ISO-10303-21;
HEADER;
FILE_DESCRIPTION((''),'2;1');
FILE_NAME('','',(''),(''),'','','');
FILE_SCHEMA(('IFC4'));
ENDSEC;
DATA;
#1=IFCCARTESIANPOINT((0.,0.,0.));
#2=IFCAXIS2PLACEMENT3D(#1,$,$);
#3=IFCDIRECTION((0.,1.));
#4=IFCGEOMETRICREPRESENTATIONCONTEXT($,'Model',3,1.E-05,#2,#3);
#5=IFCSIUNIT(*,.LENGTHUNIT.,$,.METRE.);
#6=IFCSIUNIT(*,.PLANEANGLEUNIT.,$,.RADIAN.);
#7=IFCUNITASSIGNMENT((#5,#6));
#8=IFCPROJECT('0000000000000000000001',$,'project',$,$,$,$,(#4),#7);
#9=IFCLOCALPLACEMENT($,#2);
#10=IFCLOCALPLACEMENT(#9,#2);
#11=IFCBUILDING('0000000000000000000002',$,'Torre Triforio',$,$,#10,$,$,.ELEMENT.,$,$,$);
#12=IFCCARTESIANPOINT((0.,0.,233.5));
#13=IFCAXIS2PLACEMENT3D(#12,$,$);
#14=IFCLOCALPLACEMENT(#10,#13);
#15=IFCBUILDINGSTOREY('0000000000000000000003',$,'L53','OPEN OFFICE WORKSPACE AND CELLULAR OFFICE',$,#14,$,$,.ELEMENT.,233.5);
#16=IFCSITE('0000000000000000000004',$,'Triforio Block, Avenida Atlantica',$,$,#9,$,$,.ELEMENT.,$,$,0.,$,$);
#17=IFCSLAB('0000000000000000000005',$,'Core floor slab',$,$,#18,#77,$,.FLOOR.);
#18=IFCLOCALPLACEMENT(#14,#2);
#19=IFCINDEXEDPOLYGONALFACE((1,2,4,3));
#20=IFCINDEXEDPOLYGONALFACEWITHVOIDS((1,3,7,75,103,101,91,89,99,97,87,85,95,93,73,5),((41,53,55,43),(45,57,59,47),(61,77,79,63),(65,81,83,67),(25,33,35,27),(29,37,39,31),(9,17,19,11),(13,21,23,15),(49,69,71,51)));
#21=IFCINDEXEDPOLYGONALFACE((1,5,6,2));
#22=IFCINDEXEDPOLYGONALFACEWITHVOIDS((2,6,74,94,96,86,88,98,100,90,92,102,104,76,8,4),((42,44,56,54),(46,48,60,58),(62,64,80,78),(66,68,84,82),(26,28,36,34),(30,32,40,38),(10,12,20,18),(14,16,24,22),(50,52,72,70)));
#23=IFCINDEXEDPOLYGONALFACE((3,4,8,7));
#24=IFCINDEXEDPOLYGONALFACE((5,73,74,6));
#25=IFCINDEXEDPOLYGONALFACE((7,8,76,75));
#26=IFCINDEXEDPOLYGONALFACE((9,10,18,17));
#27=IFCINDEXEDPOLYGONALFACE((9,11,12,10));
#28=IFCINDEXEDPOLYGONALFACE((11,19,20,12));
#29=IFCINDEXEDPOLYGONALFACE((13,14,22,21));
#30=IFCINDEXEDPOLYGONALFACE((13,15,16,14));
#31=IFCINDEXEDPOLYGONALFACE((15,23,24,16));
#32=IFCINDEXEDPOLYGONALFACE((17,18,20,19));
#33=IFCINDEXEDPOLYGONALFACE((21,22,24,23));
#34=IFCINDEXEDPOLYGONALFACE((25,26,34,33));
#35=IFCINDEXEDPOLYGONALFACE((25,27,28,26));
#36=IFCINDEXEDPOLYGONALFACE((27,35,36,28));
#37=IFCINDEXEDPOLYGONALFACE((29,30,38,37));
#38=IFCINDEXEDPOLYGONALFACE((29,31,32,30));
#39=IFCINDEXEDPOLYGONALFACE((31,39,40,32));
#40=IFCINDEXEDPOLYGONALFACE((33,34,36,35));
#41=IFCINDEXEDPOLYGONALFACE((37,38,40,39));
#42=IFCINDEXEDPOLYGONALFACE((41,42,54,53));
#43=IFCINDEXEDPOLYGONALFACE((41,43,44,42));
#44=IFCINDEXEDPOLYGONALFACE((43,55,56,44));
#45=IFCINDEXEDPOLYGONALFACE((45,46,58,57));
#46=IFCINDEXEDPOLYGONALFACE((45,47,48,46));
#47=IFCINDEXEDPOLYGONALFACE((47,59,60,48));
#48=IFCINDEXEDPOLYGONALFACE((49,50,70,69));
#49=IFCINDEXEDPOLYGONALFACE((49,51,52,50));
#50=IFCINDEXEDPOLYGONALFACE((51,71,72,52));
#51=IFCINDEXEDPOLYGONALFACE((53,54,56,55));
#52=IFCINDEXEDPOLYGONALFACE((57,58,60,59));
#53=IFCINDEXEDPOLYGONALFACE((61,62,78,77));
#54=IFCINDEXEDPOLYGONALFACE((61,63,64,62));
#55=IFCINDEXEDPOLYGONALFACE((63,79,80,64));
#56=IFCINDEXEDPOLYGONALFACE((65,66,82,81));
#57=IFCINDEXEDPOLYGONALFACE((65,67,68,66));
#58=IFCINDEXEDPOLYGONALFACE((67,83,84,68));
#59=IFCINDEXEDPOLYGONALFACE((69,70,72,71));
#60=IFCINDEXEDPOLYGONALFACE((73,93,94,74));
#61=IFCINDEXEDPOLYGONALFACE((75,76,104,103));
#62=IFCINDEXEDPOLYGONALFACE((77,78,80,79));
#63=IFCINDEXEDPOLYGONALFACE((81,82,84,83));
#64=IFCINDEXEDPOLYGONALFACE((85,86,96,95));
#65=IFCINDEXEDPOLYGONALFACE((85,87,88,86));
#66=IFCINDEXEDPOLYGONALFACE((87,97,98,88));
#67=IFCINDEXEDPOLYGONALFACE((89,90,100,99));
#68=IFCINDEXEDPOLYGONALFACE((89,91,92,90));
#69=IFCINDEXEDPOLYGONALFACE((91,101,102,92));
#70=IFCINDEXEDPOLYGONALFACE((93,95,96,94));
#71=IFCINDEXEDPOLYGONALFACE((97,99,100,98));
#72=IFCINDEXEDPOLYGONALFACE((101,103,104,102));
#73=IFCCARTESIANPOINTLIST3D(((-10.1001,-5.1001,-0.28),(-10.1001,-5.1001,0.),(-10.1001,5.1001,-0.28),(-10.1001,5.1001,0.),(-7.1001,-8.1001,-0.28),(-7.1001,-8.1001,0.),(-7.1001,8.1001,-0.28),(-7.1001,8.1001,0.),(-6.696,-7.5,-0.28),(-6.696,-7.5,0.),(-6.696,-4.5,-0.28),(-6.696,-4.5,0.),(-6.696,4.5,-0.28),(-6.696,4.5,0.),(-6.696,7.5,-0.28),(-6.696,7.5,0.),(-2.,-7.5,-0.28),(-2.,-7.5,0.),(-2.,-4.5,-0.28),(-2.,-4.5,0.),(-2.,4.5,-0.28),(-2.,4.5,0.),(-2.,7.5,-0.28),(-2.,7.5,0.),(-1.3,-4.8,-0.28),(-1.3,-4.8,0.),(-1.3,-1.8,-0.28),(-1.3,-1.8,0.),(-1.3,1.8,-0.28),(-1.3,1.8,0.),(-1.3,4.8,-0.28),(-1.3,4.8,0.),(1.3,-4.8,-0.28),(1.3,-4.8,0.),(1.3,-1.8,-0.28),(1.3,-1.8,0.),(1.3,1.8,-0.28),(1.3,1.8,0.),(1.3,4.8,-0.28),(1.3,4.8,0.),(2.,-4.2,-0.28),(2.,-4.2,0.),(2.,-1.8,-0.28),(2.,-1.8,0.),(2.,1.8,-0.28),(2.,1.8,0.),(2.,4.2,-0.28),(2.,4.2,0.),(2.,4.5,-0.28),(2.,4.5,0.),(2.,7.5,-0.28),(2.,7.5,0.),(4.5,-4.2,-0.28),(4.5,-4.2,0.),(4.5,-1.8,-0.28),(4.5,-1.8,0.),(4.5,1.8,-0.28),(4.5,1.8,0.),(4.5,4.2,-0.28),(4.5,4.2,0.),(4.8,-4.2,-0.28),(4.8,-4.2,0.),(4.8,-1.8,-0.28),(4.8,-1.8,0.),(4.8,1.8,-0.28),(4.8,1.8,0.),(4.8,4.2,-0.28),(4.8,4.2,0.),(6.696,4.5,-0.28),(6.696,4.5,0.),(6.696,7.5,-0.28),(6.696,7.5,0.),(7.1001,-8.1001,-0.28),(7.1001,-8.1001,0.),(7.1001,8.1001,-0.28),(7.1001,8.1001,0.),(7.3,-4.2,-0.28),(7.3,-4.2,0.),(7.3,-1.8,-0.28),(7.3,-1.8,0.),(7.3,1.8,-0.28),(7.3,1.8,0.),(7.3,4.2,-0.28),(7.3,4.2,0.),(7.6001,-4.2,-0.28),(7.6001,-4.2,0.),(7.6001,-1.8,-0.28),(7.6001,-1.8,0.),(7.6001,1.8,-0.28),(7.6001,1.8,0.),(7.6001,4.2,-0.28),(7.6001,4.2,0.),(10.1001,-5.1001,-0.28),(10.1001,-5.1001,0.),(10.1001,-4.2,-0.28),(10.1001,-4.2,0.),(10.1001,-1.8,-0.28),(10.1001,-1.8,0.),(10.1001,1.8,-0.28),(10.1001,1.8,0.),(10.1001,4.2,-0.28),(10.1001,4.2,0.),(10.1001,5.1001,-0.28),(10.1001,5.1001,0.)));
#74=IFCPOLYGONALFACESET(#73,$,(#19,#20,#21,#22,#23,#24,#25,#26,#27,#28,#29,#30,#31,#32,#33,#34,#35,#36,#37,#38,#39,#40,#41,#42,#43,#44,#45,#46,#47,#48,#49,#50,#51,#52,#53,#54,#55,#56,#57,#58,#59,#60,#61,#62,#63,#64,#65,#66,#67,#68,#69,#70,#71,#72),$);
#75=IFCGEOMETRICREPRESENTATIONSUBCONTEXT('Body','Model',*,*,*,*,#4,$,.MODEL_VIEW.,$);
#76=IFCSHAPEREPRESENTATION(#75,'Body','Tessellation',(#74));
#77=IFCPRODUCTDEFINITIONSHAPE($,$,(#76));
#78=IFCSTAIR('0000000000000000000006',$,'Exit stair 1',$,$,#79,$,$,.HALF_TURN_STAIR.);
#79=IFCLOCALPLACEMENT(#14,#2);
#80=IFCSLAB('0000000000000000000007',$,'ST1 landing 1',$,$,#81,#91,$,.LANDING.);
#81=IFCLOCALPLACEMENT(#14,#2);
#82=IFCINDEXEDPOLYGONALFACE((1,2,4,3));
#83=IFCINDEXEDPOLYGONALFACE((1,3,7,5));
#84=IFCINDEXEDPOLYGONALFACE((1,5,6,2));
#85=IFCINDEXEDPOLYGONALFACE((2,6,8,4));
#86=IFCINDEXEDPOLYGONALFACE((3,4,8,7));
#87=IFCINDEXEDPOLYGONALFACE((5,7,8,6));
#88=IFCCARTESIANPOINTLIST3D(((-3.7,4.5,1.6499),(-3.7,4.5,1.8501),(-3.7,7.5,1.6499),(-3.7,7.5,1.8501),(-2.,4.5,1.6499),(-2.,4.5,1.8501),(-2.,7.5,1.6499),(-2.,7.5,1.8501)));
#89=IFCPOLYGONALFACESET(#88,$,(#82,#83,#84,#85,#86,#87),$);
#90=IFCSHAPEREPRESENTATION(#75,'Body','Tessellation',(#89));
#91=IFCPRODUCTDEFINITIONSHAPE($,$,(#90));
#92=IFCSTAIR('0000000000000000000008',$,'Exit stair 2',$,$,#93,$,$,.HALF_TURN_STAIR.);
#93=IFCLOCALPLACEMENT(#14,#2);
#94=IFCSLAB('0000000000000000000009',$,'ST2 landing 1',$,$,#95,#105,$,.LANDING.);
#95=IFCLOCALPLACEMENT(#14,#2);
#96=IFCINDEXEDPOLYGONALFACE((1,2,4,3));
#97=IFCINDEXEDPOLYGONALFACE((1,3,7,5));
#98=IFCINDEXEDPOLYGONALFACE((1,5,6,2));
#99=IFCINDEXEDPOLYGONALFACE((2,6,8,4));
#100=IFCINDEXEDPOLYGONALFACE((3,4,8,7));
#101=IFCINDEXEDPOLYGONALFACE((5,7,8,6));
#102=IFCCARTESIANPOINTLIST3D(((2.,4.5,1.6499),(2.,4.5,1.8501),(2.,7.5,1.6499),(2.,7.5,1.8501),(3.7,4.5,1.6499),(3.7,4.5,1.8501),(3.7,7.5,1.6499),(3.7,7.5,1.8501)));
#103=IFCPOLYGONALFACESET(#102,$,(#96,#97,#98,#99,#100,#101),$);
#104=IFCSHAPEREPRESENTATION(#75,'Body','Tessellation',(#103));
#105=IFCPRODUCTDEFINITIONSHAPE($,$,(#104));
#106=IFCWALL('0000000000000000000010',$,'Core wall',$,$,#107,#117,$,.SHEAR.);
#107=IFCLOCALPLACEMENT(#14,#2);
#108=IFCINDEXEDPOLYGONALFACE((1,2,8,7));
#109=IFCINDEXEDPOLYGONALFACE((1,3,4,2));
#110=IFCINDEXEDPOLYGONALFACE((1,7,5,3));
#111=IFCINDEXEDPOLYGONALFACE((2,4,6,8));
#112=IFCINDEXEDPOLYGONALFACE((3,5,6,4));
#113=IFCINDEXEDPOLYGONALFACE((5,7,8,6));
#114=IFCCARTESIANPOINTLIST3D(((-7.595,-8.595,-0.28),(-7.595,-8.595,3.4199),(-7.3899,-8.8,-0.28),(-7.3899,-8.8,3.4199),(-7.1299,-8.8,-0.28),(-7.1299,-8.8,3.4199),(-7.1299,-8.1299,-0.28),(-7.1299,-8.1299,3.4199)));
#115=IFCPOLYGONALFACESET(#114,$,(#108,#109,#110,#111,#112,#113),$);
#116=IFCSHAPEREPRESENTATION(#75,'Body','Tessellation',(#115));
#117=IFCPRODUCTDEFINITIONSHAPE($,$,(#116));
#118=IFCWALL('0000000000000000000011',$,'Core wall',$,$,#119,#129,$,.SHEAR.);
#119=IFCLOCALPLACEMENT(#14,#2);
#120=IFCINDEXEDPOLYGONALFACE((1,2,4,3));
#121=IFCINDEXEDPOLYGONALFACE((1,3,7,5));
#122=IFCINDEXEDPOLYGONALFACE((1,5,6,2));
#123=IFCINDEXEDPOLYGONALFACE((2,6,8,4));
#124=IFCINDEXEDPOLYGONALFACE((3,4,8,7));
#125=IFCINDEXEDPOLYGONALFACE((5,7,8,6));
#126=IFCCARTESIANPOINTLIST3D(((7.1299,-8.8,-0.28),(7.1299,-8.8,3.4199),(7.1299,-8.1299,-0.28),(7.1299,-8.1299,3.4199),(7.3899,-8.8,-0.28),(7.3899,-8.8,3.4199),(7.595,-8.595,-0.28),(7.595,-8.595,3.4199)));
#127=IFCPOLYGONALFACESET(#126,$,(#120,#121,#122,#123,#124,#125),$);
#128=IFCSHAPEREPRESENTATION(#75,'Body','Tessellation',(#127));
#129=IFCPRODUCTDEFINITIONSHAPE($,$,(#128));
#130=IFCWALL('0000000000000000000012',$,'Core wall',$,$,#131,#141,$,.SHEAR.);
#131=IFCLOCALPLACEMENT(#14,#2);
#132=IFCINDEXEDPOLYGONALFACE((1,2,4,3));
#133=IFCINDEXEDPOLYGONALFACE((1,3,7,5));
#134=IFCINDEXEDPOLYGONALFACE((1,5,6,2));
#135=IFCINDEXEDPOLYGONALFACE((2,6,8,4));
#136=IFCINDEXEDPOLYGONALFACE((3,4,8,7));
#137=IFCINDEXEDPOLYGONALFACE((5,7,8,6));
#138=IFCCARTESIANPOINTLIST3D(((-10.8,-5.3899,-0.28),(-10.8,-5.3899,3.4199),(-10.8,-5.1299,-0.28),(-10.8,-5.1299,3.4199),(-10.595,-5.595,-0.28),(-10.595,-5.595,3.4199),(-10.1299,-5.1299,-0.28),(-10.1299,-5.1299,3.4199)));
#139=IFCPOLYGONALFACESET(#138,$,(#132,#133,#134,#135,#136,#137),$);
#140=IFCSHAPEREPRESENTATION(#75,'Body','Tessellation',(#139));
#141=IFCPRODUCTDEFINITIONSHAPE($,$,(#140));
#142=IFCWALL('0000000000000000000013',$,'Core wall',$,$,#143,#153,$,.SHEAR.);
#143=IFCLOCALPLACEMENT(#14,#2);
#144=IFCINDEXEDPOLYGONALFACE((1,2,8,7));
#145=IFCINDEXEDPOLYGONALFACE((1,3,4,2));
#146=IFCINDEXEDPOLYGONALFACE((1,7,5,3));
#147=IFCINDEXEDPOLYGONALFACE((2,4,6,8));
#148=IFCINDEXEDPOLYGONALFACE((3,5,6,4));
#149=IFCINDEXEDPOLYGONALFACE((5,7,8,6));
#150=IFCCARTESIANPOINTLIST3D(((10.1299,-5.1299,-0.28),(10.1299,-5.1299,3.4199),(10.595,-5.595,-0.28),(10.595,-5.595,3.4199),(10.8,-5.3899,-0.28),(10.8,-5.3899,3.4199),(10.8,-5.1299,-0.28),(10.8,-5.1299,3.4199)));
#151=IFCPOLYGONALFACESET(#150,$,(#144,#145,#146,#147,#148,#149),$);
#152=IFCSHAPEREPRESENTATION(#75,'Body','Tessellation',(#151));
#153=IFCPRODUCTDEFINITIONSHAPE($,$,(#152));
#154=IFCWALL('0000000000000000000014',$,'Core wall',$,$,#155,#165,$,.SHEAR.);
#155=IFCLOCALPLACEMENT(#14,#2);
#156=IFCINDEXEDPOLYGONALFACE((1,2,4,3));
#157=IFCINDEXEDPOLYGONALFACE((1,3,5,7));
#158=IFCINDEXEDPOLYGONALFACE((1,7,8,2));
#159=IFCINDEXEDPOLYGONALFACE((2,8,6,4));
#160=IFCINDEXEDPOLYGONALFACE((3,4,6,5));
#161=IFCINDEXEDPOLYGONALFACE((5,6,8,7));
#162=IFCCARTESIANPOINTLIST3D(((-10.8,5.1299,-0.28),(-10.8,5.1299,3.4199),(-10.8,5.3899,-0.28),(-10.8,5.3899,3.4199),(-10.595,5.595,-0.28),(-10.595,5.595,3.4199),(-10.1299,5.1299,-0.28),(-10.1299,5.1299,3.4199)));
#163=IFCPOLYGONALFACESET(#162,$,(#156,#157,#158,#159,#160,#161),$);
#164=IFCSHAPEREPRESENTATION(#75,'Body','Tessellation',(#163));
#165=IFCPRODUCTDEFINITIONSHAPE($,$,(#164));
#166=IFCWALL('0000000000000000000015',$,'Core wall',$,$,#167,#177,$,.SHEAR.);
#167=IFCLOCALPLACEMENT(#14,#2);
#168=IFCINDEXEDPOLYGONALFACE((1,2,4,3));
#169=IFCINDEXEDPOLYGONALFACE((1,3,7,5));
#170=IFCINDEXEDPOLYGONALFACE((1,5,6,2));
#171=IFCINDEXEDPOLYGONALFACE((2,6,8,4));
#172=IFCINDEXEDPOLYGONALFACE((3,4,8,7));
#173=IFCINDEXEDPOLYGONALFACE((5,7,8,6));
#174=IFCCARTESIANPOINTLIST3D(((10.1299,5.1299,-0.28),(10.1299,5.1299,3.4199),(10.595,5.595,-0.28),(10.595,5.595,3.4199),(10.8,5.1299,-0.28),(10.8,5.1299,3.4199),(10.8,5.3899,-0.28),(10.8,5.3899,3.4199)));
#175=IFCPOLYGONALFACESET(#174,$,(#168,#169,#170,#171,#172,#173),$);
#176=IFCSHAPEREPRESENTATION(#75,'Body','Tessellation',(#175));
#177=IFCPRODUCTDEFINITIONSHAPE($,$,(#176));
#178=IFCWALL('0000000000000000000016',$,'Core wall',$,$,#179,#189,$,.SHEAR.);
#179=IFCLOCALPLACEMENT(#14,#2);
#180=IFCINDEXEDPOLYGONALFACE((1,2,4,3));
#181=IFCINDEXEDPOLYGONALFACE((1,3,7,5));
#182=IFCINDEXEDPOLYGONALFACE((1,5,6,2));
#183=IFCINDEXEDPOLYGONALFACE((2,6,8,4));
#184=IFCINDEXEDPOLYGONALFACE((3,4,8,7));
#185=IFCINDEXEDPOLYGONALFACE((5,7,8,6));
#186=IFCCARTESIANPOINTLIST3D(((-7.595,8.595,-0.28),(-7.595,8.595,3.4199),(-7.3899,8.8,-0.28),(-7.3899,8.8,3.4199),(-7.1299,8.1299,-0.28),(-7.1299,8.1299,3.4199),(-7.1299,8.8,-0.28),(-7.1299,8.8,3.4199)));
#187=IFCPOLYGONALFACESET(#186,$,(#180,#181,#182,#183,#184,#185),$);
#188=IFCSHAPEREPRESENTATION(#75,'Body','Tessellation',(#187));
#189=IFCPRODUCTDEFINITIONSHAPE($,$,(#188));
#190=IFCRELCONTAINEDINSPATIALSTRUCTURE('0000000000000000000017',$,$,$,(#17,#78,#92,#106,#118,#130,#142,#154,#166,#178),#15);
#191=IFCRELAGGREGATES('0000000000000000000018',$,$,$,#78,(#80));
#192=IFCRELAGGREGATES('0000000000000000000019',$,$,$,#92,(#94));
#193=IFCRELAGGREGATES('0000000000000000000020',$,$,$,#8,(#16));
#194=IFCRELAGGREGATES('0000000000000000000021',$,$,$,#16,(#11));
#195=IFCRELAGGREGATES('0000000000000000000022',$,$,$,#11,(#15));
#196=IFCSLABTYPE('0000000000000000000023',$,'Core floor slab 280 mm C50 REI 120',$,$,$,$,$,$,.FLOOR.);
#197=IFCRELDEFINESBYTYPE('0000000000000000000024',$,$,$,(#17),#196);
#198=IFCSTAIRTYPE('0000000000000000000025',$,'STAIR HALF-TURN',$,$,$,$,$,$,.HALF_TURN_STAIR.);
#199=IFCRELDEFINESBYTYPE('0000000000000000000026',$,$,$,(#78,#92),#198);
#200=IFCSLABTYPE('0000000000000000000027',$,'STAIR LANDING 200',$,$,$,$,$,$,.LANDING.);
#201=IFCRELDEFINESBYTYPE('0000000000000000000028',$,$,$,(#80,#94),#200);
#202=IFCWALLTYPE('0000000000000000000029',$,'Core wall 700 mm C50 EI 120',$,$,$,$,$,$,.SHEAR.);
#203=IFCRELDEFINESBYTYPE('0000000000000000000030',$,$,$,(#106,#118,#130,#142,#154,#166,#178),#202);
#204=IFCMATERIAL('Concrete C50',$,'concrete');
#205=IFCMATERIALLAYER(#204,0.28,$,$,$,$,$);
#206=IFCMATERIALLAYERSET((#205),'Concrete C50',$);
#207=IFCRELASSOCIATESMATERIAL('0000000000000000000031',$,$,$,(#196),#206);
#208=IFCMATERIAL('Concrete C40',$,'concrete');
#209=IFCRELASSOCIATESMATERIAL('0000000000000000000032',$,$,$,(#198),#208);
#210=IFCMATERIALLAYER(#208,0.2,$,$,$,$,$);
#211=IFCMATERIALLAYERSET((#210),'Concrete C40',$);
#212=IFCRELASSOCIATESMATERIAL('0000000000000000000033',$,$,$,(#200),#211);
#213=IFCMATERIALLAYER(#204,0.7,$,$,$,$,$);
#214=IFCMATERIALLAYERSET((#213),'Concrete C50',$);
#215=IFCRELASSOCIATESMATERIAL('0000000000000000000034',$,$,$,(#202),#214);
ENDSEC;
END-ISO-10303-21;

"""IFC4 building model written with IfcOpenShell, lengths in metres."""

from ifc_helpers import new_model, si_unit, direction, frame, origin, place, context, subcontext, project, spatial, polyline, outline, extrude, material, layer, layer_set, type_object, element, aggregate, save


model = new_model("IFC4")

# Units and contexts
model_context = context("Model", 3, precision=1e-05, world=origin(), true_north=direction((0.0, 1.0)))
body_context = subcontext(model_context, "Body", "Model", "MODEL_VIEW")
ifc_project = project(units=[si_unit("LENGTHUNIT", "METRE"), si_unit("PLANEANGLEUNIT", "RADIAN")], contexts=[model_context])

# Site, building, storey
site_placement = place(None, origin())
site = spatial("IfcSite", under=ifc_project, at=site_placement, Name="Triforio Block, Avenida Atlantica", CompositionType="ELEMENT", RefElevation=0.0)
building_placement = place(site_placement, origin())
building = spatial("IfcBuilding", under=site, at=building_placement, Name="Torre Triforio", CompositionType="ELEMENT")
storey_placement = place(building_placement, frame((0.0, 0.0, 233.5)))
storey = spatial("IfcBuildingStorey", under=building, at=storey_placement, Name="L53", Description="OPEN OFFICE WORKSPACE AND CELLULAR OFFICE", CompositionType="ELEMENT", Elevation=233.5)

# Slab
ifc_material_1 = material(Name="Concrete C50", Category="concrete")
ifc_layer_1 = layer(ifc_material_1, 0.28)
ifc_layer_set_1 = layer_set([ifc_layer_1], Name="Concrete C50")
slab_type_1 = type_object("IfcSlabType", Name="Core floor slab 280 mm C50 REI 120", PredefinedType="FLOOR", material=ifc_layer_set_1)
slab_1_placement = place(storey_placement, frame((0.0, 0.0, -0.28)))
element("IfcSlab", 1, at=slab_1_placement, inside=storey, type_object=slab_type_1, Name="Core floor slab", PredefinedType="FLOOR", context=body_context, shape_type="SweptSolid", body=[
    extrude(outline(polyline([(10.1001, -5.1001), (7.1001, -8.1001), (-7.1001, -8.1001), (-10.1001, -5.1001), (-10.1001, 5.1001), (-7.1001, 8.1001), (7.1001, 8.1001), (10.1001, 5.1001), (10.1001, 4.2), (7.6001, 4.2), (7.6001, 1.8), (10.1001, 1.8), (10.1001, -1.8), (7.6001, -1.8), (7.6001, -4.2), (10.1001, -4.2), (10.1001, -5.1001)]), holes=[polyline([(-6.696, -4.5), (-6.696, -7.5), (-2.0, -7.5), (-2.0, -4.5), (-6.696, -4.5)]), polyline([(-1.3, -1.8), (-1.3, -4.8), (1.3, -4.8), (1.3, -1.8), (-1.3, -1.8)]), polyline([(2.0, -1.8), (2.0, -4.2), (4.5, -4.2), (4.5, -1.8), (2.0, -1.8)]), polyline([(4.5, 4.2), (2.0, 4.2), (2.0, 1.8), (4.5, 1.8), (4.5, 4.2)]), polyline([(1.3, 4.8), (-1.3, 4.8), (-1.3, 1.8), (1.3, 1.8), (1.3, 4.8)]), polyline([(-6.696, 7.5), (-6.696, 4.5), (-2.0, 4.5), (-2.0, 7.5), (-6.696, 7.5)]), polyline([(7.3, -1.8), (4.8, -1.8), (4.8, -4.2), (7.3, -4.2), (7.3, -1.8)]), polyline([(4.8, 4.2), (4.8, 1.8), (7.3, 1.8), (7.3, 4.2), (4.8, 4.2)]), polyline([(6.696, 7.5), (2.0, 7.5), (2.0, 4.5), (6.696, 4.5), (6.696, 7.5)])]), origin(), (0.0, 0.0, 1.0), 0.28),
])

# Stairs, slabs
ifc_material_2 = material(Name="Concrete C40", Category="concrete")
stair_type = type_object("IfcStairType", Name="STAIR HALF-TURN", PredefinedType="HALF_TURN_STAIR", material=ifc_material_2)
stair_1_placement = place(storey_placement, origin())
stair_1 = element("IfcStair", 2, at=stair_1_placement, inside=storey, type_object=stair_type, Name="Exit stair 1", PredefinedType="HALF_TURN_STAIR")
ifc_layer_2 = layer(ifc_material_2, 0.2)
ifc_layer_set_2 = layer_set([ifc_layer_2], Name="Concrete C40")
slab_type_2 = type_object("IfcSlabType", Name="STAIR LANDING 200", PredefinedType="LANDING", material=ifc_layer_set_2)
slab_2_placement = place(storey_placement, frame((0.0, 0.0, 1.6499)))
slab_2 = element("IfcSlab", 3, at=slab_2_placement, type_object=slab_type_2, Name="ST1 landing 1", PredefinedType="LANDING", context=body_context, shape_type="SweptSolid", body=[
    extrude(outline(polyline([(-2.0, 4.5), (-2.0, 7.5), (-3.7, 7.5), (-3.7, 4.5), (-2.0, 4.5)])), origin(), (0.0, 0.0, 1.0), 0.2002),
])
aggregate(stair_1, [slab_2])
stair_2_placement = place(storey_placement, origin())
stair_2 = element("IfcStair", 4, at=stair_2_placement, inside=storey, type_object=stair_type, Name="Exit stair 2", PredefinedType="HALF_TURN_STAIR")
slab_3_placement = place(storey_placement, frame((0.0, 0.0, 1.6499)))
slab_3 = element("IfcSlab", 5, at=slab_3_placement, type_object=slab_type_2, Name="ST2 landing 1", PredefinedType="LANDING", context=body_context, shape_type="SweptSolid", body=[
    extrude(outline(polyline([(3.7, 4.5), (3.7, 7.5), (2.0, 7.5), (2.0, 4.5), (3.7, 4.5)])), origin(), (0.0, 0.0, 1.0), 0.2002),
])
aggregate(stair_2, [slab_3])

# Walls
ifc_layer_3 = layer(ifc_material_1, 0.7)
ifc_layer_set_3 = layer_set([ifc_layer_3], Name="Concrete C50")
wall_type_1 = type_object("IfcWallType", Name="Core wall 700 mm C50 EI 120", PredefinedType="SHEAR", material=ifc_layer_set_3)
wall_1_placement = place(storey_placement, frame((0.0, 0.0, -0.28)))
element("IfcWall", 6, at=wall_1_placement, inside=storey, type_object=wall_type_1, Name="Core wall", PredefinedType="SHEAR", context=body_context, shape_type="SweptSolid", body=[
    extrude(outline(polyline([(-7.3899, -8.8), (-7.595, -8.595), (-7.595, -8.595), (-7.595, -8.595), (-7.1299, -8.1299), (-7.1299, -8.8), (-7.1299, -8.8), (-7.3899, -8.8)])), origin(), (0.0, 0.0, 1.0), 3.7),
])
wall_2_placement = place(storey_placement, frame((0.0, 0.0, -0.28)))
element("IfcWall", 7, at=wall_2_placement, inside=storey, type_object=wall_type_1, Name="Core wall", PredefinedType="SHEAR", context=body_context, shape_type="SweptSolid", body=[
    extrude(outline(polyline([(7.3899, -8.8), (7.1299, -8.8), (7.1299, -8.8), (7.1299, -8.1299), (7.595, -8.595), (7.595, -8.595), (7.595, -8.595), (7.3899, -8.8)])), origin(), (0.0, 0.0, 1.0), 3.7),
])
wall_3_placement = place(storey_placement, frame((0.0, 0.0, -0.28)))
element("IfcWall", 8, at=wall_3_placement, inside=storey, type_object=wall_type_1, Name="Core wall", PredefinedType="SHEAR", context=body_context, shape_type="SweptSolid", body=[
    extrude(outline(polyline([(-10.8, -5.3899), (-10.8, -5.1299), (-10.8, -5.1299), (-10.1299, -5.1299), (-10.595, -5.595), (-10.595, -5.595), (-10.595, -5.595), (-10.8, -5.3899)])), origin(), (0.0, 0.0, 1.0), 3.7),
])
wall_4_placement = place(storey_placement, frame((0.0, 0.0, -0.28)))
element("IfcWall", 9, at=wall_4_placement, inside=storey, type_object=wall_type_1, Name="Core wall", PredefinedType="SHEAR", context=body_context, shape_type="SweptSolid", body=[
    extrude(outline(polyline([(10.8, -5.3899), (10.595, -5.595), (10.595, -5.595), (10.595, -5.595), (10.1299, -5.1299), (10.8, -5.1299), (10.8, -5.1299), (10.8, -5.3899)])), origin(), (0.0, 0.0, 1.0), 3.7),
])
wall_5_placement = place(storey_placement, frame((0.0, 0.0, -0.28)))
element("IfcWall", 10, at=wall_5_placement, inside=storey, type_object=wall_type_1, Name="Core wall", PredefinedType="SHEAR", context=body_context, shape_type="SweptSolid", body=[
    extrude(outline(polyline([(-10.595, 5.595), (-10.595, 5.595), (-10.595, 5.595), (-10.1299, 5.1299), (-10.8, 5.1299), (-10.8, 5.1299), (-10.8, 5.3899), (-10.595, 5.595)])), origin(), (0.0, 0.0, 1.0), 3.7),
])
wall_6_placement = place(storey_placement, frame((0.0, 0.0, -0.28)))
element("IfcWall", 11, at=wall_6_placement, inside=storey, type_object=wall_type_1, Name="Core wall", PredefinedType="SHEAR", context=body_context, shape_type="SweptSolid", body=[
    extrude(outline(polyline([(10.8, 5.3899), (10.8, 5.1299), (10.8, 5.1299), (10.1299, 5.1299), (10.595, 5.595), (10.595, 5.595), (10.595, 5.595), (10.8, 5.3899)])), origin(), (0.0, 0.0, 1.0), 3.7),
])
wall_7_placement = place(storey_placement, frame((0.0, 0.0, -0.28)))
element("IfcWall", 12, at=wall_7_placement, inside=storey, type_object=wall_type_1, Name="Core wall", PredefinedType="SHEAR", context=body_context, shape_type="SweptSolid", body=[
    extrude(outline(polyline([(-7.3899, 8.8), (-7.1299, 8.8), (-7.1299, 8.8), (-7.1299, 8.1299), (-7.595, 8.595), (-7.595, 8.595), (-7.595, 8.595), (-7.3899, 8.8)])), origin(), (0.0, 0.0, 1.0), 3.7),
])

save(model, "model.ifc")
